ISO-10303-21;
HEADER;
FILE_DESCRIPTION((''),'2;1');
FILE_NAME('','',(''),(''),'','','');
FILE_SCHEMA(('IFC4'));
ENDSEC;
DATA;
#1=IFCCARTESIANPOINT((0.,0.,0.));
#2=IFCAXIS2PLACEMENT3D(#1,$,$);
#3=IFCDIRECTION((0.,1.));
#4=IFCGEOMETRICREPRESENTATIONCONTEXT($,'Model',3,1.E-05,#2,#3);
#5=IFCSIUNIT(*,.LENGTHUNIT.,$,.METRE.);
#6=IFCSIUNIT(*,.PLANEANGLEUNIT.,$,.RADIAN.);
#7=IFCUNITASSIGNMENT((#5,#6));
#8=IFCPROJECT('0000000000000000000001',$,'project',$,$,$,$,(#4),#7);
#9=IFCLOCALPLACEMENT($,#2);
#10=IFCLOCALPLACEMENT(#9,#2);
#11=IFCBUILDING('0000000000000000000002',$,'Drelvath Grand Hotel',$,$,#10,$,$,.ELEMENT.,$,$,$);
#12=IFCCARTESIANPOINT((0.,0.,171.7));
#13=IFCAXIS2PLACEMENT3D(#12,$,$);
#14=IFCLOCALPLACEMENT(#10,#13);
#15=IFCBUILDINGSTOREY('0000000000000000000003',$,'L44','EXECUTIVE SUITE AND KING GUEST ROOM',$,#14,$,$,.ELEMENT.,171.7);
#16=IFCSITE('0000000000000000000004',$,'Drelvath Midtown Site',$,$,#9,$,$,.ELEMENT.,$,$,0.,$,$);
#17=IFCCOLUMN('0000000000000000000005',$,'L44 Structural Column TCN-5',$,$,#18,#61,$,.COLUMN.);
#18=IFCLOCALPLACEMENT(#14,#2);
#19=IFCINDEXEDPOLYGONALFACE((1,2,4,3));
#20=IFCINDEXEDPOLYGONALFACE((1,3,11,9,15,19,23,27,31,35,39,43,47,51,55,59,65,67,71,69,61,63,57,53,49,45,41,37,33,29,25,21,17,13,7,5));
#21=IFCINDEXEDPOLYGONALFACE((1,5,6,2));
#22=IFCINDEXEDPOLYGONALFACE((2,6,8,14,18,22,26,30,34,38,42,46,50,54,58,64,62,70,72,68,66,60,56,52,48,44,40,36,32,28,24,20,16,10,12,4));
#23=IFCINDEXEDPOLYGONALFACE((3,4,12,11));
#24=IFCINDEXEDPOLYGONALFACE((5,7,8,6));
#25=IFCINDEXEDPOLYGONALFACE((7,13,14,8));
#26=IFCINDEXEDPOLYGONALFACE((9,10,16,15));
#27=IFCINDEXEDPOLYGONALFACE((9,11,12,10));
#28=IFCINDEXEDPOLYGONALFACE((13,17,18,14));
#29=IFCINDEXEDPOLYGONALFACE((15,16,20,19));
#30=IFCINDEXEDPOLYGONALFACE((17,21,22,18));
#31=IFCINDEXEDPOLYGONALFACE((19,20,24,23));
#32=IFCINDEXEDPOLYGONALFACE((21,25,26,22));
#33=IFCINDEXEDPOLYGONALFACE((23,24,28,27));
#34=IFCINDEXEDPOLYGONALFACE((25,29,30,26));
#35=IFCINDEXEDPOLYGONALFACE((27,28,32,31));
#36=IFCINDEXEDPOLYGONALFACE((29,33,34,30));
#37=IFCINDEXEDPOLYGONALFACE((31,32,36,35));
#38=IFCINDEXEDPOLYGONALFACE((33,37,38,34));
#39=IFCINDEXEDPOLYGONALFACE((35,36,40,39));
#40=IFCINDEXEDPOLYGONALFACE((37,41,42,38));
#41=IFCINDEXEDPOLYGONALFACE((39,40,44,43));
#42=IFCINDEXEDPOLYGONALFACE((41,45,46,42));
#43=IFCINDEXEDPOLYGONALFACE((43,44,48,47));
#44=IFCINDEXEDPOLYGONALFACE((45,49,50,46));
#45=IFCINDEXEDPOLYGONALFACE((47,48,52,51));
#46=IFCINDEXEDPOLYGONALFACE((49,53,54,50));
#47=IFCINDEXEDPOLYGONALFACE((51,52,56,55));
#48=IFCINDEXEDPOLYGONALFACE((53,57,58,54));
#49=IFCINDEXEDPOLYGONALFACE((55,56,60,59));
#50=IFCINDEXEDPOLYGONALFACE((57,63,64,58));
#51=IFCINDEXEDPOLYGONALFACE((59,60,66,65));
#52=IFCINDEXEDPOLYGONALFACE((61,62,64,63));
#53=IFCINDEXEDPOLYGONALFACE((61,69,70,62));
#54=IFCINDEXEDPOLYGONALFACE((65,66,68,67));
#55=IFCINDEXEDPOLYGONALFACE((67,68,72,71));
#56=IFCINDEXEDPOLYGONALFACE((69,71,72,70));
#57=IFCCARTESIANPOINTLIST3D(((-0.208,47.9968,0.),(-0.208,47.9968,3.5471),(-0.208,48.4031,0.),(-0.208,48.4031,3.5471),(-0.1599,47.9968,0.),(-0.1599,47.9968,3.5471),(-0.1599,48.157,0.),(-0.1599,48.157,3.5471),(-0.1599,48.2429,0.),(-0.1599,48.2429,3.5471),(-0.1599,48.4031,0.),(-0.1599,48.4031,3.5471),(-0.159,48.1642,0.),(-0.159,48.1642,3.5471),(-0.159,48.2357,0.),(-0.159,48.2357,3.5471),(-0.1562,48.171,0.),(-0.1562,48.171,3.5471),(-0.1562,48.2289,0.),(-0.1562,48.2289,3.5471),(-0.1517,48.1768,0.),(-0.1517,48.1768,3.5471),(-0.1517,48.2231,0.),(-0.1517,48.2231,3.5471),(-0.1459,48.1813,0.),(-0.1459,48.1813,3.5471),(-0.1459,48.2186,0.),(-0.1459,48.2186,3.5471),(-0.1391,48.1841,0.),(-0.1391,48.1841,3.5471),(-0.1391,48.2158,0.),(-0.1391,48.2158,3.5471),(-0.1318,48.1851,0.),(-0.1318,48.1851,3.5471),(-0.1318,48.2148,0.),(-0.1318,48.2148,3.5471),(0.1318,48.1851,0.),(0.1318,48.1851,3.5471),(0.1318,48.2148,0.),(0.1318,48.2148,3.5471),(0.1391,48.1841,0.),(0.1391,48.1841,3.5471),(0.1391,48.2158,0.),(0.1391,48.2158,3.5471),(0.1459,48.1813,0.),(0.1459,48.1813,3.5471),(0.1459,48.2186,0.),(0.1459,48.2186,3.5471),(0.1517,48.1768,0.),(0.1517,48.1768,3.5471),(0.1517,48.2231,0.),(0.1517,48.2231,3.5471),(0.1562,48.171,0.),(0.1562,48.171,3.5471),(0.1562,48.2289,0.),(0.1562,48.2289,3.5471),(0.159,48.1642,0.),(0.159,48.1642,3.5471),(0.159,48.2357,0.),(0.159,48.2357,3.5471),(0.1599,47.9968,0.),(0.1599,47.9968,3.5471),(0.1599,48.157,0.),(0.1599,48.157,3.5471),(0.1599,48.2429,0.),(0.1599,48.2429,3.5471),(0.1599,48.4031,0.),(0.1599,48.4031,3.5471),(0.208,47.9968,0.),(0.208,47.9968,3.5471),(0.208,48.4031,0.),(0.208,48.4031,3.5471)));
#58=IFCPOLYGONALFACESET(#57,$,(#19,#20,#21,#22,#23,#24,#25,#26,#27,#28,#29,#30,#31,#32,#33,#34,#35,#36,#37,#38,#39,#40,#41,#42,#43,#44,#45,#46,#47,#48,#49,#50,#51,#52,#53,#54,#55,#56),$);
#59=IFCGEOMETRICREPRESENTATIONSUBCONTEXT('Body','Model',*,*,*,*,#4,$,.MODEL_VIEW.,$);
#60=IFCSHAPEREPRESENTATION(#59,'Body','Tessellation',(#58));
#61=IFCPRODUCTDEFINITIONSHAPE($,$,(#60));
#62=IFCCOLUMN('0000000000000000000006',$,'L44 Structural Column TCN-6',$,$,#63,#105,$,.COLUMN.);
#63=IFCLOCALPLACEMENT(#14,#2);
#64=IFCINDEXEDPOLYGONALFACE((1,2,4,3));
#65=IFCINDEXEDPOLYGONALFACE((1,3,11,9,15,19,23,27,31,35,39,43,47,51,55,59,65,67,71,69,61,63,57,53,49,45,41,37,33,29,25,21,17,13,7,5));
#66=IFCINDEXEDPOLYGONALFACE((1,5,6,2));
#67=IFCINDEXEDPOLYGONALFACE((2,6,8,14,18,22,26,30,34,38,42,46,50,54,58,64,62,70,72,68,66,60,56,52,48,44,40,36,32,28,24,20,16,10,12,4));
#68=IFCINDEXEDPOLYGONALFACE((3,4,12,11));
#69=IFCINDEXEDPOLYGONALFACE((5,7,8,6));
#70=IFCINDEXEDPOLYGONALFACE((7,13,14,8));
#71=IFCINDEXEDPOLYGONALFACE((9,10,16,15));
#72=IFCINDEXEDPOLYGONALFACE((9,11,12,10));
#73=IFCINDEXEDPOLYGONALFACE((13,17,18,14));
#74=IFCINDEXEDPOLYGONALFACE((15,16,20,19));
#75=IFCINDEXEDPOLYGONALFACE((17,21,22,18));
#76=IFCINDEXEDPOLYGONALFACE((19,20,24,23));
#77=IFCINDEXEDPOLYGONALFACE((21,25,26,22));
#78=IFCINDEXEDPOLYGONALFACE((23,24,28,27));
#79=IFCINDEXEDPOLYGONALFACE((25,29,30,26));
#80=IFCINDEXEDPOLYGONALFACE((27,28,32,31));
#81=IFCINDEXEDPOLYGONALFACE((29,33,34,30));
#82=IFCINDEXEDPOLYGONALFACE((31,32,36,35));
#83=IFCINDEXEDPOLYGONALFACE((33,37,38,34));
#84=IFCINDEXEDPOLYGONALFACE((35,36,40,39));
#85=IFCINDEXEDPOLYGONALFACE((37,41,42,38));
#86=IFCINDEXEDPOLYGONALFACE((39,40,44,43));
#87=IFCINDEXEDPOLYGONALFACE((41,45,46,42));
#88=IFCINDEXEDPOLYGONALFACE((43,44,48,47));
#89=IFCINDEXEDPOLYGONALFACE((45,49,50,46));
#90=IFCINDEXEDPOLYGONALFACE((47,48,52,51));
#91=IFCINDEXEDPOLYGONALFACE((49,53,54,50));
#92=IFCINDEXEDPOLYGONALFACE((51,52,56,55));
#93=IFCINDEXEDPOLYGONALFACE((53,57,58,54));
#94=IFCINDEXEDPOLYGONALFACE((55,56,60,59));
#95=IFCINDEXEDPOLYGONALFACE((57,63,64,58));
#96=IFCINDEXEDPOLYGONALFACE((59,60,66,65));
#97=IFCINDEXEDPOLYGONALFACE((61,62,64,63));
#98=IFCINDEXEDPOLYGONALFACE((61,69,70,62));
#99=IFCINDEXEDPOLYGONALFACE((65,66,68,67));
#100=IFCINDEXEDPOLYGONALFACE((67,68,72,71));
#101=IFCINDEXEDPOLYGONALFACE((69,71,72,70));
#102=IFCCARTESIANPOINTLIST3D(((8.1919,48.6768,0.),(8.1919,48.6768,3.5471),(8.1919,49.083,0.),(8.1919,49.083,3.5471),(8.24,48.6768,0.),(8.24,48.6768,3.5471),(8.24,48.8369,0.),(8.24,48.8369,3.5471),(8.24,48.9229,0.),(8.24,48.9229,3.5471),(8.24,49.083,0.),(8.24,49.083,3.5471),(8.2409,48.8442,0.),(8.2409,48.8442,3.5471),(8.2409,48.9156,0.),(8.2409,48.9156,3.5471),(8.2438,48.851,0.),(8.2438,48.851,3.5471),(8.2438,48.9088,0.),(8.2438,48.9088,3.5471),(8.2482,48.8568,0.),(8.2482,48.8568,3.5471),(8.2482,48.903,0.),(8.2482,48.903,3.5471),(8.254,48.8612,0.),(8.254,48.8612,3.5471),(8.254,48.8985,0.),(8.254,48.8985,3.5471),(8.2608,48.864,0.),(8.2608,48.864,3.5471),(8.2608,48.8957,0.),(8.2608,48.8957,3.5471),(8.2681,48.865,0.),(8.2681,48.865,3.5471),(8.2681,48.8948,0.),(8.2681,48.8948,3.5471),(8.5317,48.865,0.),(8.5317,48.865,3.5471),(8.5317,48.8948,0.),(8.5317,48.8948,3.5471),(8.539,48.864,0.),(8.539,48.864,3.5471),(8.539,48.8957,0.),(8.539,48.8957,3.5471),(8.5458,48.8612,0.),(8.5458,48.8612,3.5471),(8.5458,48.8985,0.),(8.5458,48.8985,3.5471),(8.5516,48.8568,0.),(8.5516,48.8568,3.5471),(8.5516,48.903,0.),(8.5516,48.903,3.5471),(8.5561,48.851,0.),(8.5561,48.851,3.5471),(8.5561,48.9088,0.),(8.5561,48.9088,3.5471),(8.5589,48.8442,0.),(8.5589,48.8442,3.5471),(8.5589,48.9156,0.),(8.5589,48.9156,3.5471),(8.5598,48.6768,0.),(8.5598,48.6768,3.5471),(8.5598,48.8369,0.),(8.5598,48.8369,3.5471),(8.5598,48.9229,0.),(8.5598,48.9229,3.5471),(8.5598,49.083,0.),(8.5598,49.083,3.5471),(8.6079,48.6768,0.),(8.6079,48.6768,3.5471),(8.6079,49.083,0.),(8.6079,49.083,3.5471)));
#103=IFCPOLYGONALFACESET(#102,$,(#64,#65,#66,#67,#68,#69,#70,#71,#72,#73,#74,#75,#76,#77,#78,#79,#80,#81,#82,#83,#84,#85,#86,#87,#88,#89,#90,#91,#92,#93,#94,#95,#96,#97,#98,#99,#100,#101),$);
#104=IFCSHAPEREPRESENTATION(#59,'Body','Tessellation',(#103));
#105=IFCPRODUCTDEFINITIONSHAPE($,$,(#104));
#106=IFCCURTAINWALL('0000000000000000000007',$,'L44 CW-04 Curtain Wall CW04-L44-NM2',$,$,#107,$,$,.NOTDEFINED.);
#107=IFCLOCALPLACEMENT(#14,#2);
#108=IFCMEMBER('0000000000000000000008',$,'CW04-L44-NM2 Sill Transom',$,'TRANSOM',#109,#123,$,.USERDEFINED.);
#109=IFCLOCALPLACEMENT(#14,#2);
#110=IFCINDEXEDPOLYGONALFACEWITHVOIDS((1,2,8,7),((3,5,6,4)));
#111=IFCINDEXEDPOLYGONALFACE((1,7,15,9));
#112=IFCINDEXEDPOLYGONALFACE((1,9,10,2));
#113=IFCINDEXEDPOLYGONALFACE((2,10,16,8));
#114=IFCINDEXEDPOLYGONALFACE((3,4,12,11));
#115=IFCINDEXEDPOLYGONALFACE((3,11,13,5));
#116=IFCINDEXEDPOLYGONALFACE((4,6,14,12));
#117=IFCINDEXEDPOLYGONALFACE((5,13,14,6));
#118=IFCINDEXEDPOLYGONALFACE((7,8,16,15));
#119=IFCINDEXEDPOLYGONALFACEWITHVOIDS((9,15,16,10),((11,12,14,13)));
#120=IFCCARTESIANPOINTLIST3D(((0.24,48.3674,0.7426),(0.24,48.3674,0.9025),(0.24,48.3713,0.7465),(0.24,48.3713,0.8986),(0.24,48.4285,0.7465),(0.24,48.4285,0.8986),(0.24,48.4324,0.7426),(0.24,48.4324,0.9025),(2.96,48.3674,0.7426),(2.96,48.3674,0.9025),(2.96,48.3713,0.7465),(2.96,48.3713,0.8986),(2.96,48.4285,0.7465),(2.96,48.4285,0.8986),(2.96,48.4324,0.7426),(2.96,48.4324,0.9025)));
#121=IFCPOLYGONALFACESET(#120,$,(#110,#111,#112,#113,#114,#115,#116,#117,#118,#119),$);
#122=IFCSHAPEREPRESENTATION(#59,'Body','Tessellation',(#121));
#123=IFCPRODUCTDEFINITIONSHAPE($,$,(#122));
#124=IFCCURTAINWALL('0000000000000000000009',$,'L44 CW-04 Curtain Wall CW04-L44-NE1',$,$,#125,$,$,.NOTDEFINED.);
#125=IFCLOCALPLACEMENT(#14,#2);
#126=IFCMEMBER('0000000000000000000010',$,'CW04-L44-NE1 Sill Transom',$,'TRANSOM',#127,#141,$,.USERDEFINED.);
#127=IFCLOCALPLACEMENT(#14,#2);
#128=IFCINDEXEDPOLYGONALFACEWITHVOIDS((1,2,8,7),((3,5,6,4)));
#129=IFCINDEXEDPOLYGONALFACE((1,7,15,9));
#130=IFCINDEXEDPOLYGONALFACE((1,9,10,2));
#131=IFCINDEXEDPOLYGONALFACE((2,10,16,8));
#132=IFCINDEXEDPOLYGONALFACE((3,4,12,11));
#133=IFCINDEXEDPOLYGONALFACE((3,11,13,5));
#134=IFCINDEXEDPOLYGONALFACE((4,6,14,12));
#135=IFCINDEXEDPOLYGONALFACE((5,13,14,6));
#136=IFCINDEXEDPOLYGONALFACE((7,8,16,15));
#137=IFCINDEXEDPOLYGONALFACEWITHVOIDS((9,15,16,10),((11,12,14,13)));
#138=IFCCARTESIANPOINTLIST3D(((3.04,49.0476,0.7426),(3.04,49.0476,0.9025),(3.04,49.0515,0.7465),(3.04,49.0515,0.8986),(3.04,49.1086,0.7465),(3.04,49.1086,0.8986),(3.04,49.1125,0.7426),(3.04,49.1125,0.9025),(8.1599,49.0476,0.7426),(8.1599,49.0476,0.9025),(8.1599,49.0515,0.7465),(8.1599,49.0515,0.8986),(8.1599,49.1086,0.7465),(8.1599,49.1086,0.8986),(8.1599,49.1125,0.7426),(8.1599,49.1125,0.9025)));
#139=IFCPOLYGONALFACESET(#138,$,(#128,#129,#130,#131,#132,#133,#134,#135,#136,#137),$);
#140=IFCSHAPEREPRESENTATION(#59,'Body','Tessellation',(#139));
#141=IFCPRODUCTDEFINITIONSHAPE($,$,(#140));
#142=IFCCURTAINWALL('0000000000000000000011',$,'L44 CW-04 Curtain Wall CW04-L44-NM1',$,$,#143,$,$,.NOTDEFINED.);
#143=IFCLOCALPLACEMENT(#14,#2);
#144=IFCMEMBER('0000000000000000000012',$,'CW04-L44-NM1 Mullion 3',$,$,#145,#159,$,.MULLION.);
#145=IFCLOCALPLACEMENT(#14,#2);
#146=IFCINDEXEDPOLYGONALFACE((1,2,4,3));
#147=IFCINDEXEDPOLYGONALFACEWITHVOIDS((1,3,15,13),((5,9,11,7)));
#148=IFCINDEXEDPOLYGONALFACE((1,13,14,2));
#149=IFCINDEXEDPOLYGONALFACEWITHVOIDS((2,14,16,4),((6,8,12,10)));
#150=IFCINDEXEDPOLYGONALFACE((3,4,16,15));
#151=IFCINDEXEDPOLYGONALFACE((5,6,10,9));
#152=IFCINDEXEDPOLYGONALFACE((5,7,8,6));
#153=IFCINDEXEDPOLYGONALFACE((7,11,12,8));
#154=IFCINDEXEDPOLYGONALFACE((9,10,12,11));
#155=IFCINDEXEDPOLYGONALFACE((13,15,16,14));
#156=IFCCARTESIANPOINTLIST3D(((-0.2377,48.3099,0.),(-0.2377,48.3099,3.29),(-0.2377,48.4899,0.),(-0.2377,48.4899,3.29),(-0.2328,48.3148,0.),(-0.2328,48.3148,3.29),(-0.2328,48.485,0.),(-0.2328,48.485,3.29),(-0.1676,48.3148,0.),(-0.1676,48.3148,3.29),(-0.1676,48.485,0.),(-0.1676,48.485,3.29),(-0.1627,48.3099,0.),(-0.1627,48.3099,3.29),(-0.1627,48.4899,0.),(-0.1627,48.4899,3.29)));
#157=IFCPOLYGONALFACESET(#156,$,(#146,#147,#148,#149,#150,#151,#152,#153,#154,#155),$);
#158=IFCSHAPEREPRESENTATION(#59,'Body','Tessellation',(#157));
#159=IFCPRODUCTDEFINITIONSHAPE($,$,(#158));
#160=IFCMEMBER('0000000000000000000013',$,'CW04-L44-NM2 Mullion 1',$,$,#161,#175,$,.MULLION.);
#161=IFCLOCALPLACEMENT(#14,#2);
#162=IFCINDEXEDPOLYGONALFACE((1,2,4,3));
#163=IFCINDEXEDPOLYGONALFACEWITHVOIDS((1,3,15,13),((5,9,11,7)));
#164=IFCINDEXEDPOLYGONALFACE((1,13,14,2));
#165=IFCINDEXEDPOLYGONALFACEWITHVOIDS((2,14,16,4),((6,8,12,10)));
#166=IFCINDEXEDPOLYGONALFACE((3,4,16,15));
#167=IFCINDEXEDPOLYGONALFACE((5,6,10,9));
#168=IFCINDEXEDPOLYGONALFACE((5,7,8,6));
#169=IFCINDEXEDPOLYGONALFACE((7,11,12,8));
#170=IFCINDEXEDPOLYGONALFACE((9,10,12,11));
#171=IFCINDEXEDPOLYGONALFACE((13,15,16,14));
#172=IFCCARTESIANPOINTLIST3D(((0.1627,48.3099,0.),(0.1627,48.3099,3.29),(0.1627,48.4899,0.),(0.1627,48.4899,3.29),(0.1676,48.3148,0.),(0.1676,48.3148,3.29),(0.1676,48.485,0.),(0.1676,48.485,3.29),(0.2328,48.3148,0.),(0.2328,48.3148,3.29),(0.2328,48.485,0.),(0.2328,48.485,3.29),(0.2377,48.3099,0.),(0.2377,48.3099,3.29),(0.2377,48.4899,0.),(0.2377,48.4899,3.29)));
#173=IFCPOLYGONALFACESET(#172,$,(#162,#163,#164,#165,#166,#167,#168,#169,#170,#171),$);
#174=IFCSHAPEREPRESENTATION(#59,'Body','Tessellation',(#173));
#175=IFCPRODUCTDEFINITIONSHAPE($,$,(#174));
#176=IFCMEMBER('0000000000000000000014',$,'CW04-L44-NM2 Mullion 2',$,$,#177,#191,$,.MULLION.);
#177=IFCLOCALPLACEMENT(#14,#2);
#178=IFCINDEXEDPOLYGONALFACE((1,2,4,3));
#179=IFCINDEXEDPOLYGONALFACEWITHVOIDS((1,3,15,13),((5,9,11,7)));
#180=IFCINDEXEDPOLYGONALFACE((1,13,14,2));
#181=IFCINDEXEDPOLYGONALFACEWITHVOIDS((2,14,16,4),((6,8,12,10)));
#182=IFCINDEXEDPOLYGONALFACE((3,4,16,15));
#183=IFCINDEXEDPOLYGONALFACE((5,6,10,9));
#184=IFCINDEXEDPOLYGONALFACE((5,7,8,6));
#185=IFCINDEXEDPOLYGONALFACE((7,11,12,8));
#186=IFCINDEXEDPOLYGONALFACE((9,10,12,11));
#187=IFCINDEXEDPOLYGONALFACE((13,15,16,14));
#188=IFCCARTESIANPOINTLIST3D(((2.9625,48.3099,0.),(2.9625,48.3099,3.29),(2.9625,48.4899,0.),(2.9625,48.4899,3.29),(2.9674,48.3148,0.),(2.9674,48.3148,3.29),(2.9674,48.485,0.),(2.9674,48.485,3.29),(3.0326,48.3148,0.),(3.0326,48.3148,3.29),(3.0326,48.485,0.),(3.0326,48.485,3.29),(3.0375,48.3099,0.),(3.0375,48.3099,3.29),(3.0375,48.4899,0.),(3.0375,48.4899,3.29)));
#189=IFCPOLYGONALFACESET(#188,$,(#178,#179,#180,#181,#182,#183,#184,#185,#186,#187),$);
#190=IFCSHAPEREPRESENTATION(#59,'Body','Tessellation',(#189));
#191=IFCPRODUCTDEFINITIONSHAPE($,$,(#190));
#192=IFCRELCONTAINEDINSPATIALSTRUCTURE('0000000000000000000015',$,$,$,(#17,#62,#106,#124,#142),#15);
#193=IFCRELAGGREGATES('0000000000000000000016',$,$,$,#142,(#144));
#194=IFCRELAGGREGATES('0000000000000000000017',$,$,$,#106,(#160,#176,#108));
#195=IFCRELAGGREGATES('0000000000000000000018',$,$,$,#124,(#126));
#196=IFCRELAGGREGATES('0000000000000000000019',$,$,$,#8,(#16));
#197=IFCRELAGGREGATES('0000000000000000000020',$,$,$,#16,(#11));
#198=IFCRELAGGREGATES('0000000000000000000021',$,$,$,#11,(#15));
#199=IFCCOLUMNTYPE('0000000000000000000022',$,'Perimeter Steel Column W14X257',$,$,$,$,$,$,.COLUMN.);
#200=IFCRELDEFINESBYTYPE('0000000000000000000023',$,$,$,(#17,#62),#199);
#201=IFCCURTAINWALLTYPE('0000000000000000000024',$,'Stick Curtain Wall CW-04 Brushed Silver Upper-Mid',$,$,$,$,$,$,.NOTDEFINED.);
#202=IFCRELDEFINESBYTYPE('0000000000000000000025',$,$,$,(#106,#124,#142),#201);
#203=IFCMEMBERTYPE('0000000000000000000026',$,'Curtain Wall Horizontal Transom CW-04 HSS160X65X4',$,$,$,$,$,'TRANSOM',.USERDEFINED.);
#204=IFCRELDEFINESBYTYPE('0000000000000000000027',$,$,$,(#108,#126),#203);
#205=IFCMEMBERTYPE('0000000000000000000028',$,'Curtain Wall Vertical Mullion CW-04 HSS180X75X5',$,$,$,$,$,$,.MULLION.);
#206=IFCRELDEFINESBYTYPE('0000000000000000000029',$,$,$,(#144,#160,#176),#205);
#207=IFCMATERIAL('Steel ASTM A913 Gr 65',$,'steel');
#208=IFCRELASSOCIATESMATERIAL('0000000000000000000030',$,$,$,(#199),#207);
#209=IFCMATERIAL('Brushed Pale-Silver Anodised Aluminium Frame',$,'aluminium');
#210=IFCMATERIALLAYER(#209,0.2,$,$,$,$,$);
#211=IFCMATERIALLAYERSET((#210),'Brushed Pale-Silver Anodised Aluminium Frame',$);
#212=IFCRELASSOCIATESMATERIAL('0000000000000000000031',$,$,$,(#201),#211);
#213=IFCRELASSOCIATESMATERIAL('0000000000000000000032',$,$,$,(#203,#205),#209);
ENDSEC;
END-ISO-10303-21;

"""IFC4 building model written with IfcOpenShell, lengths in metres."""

from ifc_helpers import new_model, si_unit, direction, frame, origin, origin_2d, place, context, subcontext, project, spatial, hollow_rectangle, i_section, extrude, material, layer, layer_set, material_profile, profile_set, type_object, element, aggregate, save


model = new_model("IFC4")

# Units and contexts
model_context = context("Model", 3, precision=1e-05, world=origin(), true_north=direction((0.0, 1.0)))
body_context = subcontext(model_context, "Body", "Model", "MODEL_VIEW")
ifc_project = project(units=[si_unit("LENGTHUNIT", "METRE"), si_unit("PLANEANGLEUNIT", "RADIAN")], contexts=[model_context])

# Site, building, storey
site_placement = place(None, origin())
site = spatial("IfcSite", under=ifc_project, at=site_placement, Name="Drelvath Midtown Site", CompositionType="ELEMENT", RefElevation=0.0)
building_placement = place(site_placement, origin())
building = spatial("IfcBuilding", under=site, at=building_placement, Name="Drelvath Grand Hotel", CompositionType="ELEMENT")
storey_placement = place(building_placement, frame((0.0, 0.0, 171.7)))
storey = spatial("IfcBuildingStorey", under=building, at=storey_placement, Name="L44", Description="EXECUTIVE SUITE AND KING GUEST ROOM", CompositionType="ELEMENT", Elevation=171.7)

# Columns
ifc_material_1 = material(Name="Steel ASTM A913 Gr 65", Category="steel")
ifc_material_profile_1 = material_profile(ifc_material_1, i_section(OverallWidth=0.4062, OverallDepth=0.416, WebThickness=0.0298, FlangeThickness=0.0481, FilletRadius=0.0281, at=origin_2d()), Name="W14X257")
ifc_profile_set_1 = profile_set([ifc_material_profile_1], Name="Steel ASTM A913 Gr 65")
column_type = type_object("IfcColumnType", Name="Perimeter Steel Column W14X257", PredefinedType="COLUMN", material=ifc_profile_set_1)
for number, where, z_axis, x_axis, name in (
    (1, (0.0, 48.2, 0.0), (0.0, 0.0, 1.0), (0.0, 1.0, 0.0), "L44 Structural Column TCN-5"),
    (2, (8.3999, 48.8799, 0.0), (0.0, 0.0, 1.0), (0.0, 1.0, 0.0), "L44 Structural Column TCN-6"),
):
    element("IfcColumn", number, at=place(storey_placement, frame(where, z_axis=z_axis, x_axis=x_axis)), inside=storey, type_object=column_type, Name=name, PredefinedType="COLUMN", context=body_context, shape_type="SweptSolid", body=[
        extrude(i_section(OverallWidth=0.4062, OverallDepth=0.416, WebThickness=0.0298, FlangeThickness=0.0481, FilletRadius=0.0281, at=origin_2d()), origin(), (0.0, 0.0, 1.0), 3.5471),
    ])

# Curtain walls, members
ifc_material_2 = material(Name="Brushed Pale-Silver Anodised Aluminium Frame", Category="aluminium")
ifc_layer_1 = layer(ifc_material_2, 0.2)
ifc_layer_set_1 = layer_set([ifc_layer_1], Name="Brushed Pale-Silver Anodised Aluminium Frame")
curtain_wall_type = type_object("IfcCurtainWallType", Name="Stick Curtain Wall CW-04 Brushed Silver Upper-Mid", PredefinedType="NOTDEFINED", material=ifc_layer_set_1)
curtain_wall_1_placement = place(storey_placement, origin())
curtain_wall_1 = element("IfcCurtainWall", 3, at=curtain_wall_1_placement, inside=storey, type_object=curtain_wall_type, Name="L44 CW-04 Curtain Wall CW04-L44-NM2", PredefinedType="NOTDEFINED")
ifc_material_profile_2 = material_profile(ifc_material_2, hollow_rectangle(XDim=0.0649, YDim=0.1599, WallThickness=0.0039, at=origin_2d()), Name="HSS160X65X4")
ifc_profile_set_2 = profile_set([ifc_material_profile_2], Name="Brushed Pale-Silver Anodised Aluminium Frame")
member_type_1 = type_object("IfcMemberType", Name="Curtain Wall Horizontal Transom CW-04 HSS160X65X4", ElementType="TRANSOM", PredefinedType="USERDEFINED", material=ifc_profile_set_2)
member_1_placement = place(storey_placement, frame((0.24, 48.3999, 0.8225), z_axis=(1.0, 0.0, 0.0), x_axis=(0.0, 1.0, 0.0)))
member_1 = element("IfcMember", 4, at=member_1_placement, type_object=member_type_1, Name="CW04-L44-NM2 Sill Transom", ObjectType="TRANSOM", PredefinedType="USERDEFINED", context=body_context, shape_type="SweptSolid", body=[
    extrude(hollow_rectangle(XDim=0.0649, YDim=0.1599, WallThickness=0.0039, at=origin_2d()), origin(), (0.0, 0.0, 1.0), 2.72),
])
curtain_wall_2_placement = place(storey_placement, origin())
curtain_wall_2 = element("IfcCurtainWall", 5, at=curtain_wall_2_placement, inside=storey, type_object=curtain_wall_type, Name="L44 CW-04 Curtain Wall CW04-L44-NE1", PredefinedType="NOTDEFINED")
member_2_placement = place(storey_placement, frame((3.04, 49.0801, 0.8225), z_axis=(1.0, 0.0, 0.0), x_axis=(0.0, 1.0, 0.0)))
member_2 = element("IfcMember", 6, at=member_2_placement, type_object=member_type_1, Name="CW04-L44-NE1 Sill Transom", ObjectType="TRANSOM", PredefinedType="USERDEFINED", context=body_context, shape_type="SweptSolid", body=[
    extrude(hollow_rectangle(XDim=0.0649, YDim=0.1599, WallThickness=0.0039, at=origin_2d()), origin(), (0.0, 0.0, 1.0), 5.1199),
])
curtain_wall_3_placement = place(storey_placement, origin())
curtain_wall_3 = element("IfcCurtainWall", 7, at=curtain_wall_3_placement, inside=storey, type_object=curtain_wall_type, Name="L44 CW-04 Curtain Wall CW04-L44-NM1", PredefinedType="NOTDEFINED")
ifc_material_profile_3 = material_profile(ifc_material_2, hollow_rectangle(XDim=0.075, YDim=0.1799, WallThickness=0.0049, at=origin_2d()), Name="HSS180X75X5")
ifc_profile_set_3 = profile_set([ifc_material_profile_3], Name="Brushed Pale-Silver Anodised Aluminium Frame")
member_type_2 = type_object("IfcMemberType", Name="Curtain Wall Vertical Mullion CW-04 HSS180X75X5", PredefinedType="MULLION", material=ifc_profile_set_3)
member_3_placement = place(storey_placement, frame((-0.2002, 48.3999, 0.0), z_axis=(0.0, 0.0, 1.0), x_axis=(1.0, 0.0, 0.0)))
member_3 = element("IfcMember", 8, at=member_3_placement, type_object=member_type_2, Name="CW04-L44-NM1 Mullion 3", PredefinedType="MULLION", context=body_context, shape_type="SweptSolid", body=[
    extrude(hollow_rectangle(XDim=0.075, YDim=0.1799, WallThickness=0.0049, at=origin_2d()), origin(), (0.0, 0.0, 1.0), 3.29),
])
aggregate(curtain_wall_3, [member_3])

# Members
member_4_placement = place(storey_placement, frame((0.2002, 48.3999, 0.0), z_axis=(0.0, 0.0, 1.0), x_axis=(1.0, 0.0, 0.0)))
member_4 = element("IfcMember", 9, at=member_4_placement, type_object=member_type_2, Name="CW04-L44-NM2 Mullion 1", PredefinedType="MULLION", context=body_context, shape_type="SweptSolid", body=[
    extrude(hollow_rectangle(XDim=0.075, YDim=0.1799, WallThickness=0.0049, at=origin_2d()), origin(), (0.0, 0.0, 1.0), 3.29),
])
member_5_placement = place(storey_placement, frame((3.0, 48.3999, 0.0), z_axis=(0.0, 0.0, 1.0), x_axis=(1.0, 0.0, 0.0)))
member_5 = element("IfcMember", 10, at=member_5_placement, type_object=member_type_2, Name="CW04-L44-NM2 Mullion 2", PredefinedType="MULLION", context=body_context, shape_type="SweptSolid", body=[
    extrude(hollow_rectangle(XDim=0.075, YDim=0.1799, WallThickness=0.0049, at=origin_2d()), origin(), (0.0, 0.0, 1.0), 3.29),
])

aggregate(curtain_wall_1, [member_4, member_5, member_1])
aggregate(curtain_wall_2, [member_2])

save(model, "model.ifc")
